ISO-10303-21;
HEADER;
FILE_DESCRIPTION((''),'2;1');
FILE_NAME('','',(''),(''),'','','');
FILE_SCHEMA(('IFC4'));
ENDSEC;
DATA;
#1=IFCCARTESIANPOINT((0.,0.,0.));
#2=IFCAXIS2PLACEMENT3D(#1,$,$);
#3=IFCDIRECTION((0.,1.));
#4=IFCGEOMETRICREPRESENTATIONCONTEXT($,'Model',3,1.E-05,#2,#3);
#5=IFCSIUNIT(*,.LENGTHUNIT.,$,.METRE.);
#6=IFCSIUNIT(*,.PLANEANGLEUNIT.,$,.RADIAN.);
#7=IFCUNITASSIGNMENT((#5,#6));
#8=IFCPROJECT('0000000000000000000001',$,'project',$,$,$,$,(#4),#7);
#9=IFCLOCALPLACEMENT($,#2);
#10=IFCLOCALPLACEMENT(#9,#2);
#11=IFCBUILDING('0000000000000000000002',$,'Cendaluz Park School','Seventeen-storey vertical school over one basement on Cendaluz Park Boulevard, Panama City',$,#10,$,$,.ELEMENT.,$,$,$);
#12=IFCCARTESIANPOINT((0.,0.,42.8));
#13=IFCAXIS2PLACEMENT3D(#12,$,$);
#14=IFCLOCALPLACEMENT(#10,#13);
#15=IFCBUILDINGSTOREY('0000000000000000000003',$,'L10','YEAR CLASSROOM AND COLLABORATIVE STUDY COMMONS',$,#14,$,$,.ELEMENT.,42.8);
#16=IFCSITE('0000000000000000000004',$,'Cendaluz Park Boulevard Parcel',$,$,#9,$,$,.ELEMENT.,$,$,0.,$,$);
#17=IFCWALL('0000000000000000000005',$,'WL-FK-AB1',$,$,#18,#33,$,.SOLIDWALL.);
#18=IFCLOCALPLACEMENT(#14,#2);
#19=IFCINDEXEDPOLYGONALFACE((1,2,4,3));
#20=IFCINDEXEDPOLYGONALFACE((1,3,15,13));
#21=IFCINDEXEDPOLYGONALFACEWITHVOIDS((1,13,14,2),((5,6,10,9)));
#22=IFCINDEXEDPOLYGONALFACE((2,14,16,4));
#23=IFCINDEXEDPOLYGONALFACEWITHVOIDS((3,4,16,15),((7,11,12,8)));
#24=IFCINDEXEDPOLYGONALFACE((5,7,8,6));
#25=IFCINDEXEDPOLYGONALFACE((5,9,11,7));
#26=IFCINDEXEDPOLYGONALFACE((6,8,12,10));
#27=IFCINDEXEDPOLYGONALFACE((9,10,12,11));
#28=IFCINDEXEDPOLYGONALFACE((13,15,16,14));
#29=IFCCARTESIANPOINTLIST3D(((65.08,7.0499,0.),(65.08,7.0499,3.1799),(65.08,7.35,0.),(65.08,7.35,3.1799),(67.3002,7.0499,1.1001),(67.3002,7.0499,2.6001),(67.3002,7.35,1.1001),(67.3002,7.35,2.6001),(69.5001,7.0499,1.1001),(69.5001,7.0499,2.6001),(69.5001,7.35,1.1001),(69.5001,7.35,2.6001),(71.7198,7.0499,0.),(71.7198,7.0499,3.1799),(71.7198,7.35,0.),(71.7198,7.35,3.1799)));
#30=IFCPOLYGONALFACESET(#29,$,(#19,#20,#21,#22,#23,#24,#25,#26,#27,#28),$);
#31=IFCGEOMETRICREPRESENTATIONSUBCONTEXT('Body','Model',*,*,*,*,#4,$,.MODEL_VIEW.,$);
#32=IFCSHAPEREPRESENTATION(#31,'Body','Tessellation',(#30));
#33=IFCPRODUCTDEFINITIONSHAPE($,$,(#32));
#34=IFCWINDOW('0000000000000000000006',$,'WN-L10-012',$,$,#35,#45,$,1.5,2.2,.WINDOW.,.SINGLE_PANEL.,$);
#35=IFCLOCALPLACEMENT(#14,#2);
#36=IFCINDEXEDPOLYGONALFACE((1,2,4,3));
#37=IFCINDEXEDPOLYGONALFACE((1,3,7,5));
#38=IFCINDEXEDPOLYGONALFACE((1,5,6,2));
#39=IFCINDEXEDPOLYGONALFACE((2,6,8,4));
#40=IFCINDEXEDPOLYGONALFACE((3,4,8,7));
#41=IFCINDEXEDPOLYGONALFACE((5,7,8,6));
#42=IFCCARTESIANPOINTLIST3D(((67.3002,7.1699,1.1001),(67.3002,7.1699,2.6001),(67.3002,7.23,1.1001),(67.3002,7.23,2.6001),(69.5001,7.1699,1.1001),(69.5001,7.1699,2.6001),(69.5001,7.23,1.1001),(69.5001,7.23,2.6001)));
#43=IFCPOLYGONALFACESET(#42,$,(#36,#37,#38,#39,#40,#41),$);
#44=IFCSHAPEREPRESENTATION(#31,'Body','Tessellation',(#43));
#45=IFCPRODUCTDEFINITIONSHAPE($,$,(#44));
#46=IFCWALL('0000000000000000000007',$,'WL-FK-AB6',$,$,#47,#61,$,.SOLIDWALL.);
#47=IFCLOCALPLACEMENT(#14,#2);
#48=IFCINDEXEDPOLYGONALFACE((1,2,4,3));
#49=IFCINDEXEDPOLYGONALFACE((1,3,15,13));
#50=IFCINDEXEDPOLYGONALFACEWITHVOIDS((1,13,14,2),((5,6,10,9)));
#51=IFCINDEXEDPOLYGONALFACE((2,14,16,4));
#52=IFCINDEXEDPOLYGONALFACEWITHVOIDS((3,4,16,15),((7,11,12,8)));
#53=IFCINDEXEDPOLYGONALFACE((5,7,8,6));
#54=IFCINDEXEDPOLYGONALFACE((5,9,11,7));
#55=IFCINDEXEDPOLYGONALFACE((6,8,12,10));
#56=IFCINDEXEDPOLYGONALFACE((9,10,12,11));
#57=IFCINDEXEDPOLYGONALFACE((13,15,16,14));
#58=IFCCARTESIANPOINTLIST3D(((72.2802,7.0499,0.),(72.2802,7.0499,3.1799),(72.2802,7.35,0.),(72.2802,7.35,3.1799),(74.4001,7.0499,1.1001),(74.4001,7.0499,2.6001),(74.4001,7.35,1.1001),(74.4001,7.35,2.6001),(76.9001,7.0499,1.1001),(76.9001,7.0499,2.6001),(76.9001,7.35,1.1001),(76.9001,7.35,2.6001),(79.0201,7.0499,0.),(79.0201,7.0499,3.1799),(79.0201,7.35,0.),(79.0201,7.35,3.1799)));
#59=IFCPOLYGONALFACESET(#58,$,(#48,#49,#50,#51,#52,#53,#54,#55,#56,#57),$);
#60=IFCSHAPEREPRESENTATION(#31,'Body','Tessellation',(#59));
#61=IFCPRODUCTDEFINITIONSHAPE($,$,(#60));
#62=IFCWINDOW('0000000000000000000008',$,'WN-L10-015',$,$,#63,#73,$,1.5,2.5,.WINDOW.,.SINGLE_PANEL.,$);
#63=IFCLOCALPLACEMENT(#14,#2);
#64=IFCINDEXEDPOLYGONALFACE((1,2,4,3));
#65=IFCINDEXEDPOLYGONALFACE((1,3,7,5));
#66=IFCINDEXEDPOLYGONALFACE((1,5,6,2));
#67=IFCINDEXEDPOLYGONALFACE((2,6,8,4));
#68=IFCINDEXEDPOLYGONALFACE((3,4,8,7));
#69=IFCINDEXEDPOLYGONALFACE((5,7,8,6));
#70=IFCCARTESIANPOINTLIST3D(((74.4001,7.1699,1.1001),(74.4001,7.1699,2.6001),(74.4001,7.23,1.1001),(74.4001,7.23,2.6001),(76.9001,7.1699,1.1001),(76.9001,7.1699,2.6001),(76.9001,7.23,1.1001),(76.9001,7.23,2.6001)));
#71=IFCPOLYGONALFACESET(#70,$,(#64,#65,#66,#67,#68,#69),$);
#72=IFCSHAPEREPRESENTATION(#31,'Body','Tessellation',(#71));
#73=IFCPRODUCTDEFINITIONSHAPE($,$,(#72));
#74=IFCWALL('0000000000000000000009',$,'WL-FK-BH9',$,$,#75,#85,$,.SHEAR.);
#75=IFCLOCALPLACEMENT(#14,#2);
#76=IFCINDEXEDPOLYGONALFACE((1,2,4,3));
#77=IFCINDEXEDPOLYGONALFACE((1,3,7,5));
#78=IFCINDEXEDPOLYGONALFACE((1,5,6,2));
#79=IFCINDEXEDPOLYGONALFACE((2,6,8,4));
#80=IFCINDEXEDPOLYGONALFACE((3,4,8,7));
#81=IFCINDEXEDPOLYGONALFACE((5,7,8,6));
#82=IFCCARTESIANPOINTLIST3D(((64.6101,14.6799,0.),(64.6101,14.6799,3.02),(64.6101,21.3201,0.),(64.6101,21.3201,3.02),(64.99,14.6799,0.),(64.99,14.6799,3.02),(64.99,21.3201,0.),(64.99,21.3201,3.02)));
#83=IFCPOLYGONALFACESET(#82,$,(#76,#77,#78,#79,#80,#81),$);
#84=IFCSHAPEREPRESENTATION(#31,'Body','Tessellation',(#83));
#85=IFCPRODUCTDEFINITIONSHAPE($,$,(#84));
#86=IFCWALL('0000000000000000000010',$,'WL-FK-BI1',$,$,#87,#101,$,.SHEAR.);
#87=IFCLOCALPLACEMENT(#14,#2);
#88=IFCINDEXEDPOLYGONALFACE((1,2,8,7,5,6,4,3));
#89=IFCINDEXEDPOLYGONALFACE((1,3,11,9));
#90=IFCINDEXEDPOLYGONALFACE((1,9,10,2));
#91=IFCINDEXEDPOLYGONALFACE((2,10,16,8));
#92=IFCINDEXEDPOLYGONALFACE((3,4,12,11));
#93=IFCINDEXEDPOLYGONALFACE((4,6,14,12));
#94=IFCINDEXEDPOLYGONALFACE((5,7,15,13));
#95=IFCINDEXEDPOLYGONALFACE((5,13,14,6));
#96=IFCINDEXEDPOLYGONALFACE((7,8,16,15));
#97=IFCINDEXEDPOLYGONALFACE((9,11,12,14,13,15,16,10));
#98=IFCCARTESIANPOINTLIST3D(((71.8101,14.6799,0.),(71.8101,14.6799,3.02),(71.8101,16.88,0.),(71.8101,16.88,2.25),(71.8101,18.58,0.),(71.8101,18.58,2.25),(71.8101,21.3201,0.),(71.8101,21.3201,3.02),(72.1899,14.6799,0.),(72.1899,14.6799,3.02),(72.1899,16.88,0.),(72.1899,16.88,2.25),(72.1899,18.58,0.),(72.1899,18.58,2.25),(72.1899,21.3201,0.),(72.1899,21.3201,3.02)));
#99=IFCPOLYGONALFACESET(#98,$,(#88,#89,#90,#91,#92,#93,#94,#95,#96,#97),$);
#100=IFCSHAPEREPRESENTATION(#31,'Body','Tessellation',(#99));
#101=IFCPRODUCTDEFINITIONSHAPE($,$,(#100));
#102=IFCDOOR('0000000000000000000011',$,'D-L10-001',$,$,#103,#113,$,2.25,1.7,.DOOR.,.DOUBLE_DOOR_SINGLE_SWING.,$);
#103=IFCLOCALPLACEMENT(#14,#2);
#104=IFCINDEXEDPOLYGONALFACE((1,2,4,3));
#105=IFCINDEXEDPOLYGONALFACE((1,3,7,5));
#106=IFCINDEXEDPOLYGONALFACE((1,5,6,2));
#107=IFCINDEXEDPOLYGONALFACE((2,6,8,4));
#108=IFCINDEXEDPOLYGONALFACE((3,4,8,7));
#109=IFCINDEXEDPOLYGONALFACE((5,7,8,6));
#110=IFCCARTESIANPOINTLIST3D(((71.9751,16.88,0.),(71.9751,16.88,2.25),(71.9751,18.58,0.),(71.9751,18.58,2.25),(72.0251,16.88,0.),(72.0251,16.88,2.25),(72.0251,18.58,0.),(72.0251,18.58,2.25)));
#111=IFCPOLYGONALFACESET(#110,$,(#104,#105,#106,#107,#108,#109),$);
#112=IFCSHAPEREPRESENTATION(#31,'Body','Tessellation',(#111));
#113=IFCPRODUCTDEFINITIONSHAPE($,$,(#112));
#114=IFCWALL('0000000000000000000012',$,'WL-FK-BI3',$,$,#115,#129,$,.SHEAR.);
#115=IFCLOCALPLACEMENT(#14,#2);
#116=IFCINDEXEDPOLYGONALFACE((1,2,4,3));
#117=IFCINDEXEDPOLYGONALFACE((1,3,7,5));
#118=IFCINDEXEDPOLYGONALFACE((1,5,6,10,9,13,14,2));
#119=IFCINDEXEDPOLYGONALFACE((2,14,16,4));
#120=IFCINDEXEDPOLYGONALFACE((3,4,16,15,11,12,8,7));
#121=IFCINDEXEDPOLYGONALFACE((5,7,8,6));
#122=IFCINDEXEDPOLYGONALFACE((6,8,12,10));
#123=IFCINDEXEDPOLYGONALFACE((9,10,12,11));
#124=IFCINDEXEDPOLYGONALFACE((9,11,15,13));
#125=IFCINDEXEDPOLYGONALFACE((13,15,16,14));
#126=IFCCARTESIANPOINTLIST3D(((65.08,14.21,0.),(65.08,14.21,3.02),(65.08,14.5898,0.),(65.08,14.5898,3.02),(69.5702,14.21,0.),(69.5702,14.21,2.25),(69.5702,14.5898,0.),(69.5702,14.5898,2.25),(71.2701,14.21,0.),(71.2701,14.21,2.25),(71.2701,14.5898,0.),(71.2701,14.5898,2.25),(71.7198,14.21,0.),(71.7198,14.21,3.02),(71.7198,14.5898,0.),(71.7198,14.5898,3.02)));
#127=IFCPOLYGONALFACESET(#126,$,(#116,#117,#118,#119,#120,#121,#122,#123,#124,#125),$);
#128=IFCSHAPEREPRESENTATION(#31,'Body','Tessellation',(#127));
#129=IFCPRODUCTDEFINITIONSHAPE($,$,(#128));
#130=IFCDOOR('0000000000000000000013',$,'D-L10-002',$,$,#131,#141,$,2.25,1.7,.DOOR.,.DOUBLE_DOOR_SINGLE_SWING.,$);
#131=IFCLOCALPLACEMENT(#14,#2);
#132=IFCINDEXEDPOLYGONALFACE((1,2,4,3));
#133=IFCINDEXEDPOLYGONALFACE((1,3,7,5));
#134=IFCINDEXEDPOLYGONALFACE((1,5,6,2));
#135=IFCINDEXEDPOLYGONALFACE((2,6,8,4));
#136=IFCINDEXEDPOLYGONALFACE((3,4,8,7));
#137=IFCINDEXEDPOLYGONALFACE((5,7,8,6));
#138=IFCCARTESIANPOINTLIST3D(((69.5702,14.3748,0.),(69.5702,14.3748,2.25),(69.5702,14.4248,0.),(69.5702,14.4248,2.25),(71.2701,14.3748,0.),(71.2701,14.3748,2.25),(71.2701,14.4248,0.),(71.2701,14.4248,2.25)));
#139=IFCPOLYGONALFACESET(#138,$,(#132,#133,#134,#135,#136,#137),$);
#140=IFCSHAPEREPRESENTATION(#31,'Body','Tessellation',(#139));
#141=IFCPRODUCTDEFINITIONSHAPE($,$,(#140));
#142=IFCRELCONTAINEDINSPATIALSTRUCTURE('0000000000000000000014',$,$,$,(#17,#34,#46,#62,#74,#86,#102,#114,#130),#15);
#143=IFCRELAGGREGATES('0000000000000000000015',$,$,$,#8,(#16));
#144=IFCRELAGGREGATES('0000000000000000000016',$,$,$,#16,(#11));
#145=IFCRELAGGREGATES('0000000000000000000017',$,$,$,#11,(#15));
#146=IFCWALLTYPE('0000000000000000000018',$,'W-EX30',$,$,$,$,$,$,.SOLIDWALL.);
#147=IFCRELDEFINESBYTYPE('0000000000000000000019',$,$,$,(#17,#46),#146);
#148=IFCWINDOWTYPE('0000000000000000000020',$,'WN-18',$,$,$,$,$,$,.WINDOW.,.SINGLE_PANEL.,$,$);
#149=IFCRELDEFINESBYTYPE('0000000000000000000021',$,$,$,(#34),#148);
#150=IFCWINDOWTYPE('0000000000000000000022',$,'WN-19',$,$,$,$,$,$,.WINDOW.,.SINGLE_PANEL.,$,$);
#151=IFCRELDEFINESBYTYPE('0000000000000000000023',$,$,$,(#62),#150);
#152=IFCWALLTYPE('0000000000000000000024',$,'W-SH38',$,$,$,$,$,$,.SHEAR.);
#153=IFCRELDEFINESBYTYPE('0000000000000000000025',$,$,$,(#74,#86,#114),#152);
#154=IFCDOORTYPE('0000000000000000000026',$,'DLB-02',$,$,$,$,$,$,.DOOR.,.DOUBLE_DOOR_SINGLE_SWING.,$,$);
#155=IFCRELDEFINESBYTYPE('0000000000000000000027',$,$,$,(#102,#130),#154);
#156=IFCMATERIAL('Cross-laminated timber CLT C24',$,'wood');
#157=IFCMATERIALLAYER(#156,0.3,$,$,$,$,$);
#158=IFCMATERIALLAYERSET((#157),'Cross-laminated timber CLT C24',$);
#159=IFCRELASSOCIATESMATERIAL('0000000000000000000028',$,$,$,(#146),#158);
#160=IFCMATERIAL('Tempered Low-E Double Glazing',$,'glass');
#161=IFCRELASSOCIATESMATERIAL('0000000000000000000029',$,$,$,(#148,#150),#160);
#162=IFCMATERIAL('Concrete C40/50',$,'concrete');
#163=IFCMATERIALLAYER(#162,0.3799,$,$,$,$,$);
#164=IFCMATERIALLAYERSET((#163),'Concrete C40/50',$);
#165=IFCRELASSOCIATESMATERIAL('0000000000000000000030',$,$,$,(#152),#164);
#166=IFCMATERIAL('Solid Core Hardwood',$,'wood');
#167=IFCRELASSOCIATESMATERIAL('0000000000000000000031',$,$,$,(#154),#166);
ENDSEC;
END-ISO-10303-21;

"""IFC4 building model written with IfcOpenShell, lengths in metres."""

from ifc_helpers import new_model, si_unit, direction, frame, frame_2d, origin, place, context, subcontext, project, spatial, rectangle, extrude, material, layer, layer_set, type_object, element, fill, save


model = new_model("IFC4")

# Units and contexts
model_context = context("Model", 3, precision=1e-05, world=origin(), true_north=direction((0.0, 1.0)))
body_context = subcontext(model_context, "Body", "Model", "MODEL_VIEW")
ifc_project = project(units=[si_unit("LENGTHUNIT", "METRE"), si_unit("PLANEANGLEUNIT", "RADIAN")], contexts=[model_context])

# Site, building, storey
site_placement = place(None, origin())
site = spatial("IfcSite", under=ifc_project, at=site_placement, Name="Cendaluz Park Boulevard Parcel", CompositionType="ELEMENT", RefElevation=0.0)
building_placement = place(site_placement, origin())
building = spatial("IfcBuilding", under=site, at=building_placement, Name="Cendaluz Park School", Description="Seventeen-storey vertical school over one basement on Cendaluz Park Boulevard, Panama City", CompositionType="ELEMENT")
storey_placement = place(building_placement, frame((0.0, 0.0, 42.8)))
storey = spatial("IfcBuildingStorey", under=building, at=storey_placement, Name="L10", Description="YEAR CLASSROOM AND COLLABORATIVE STUDY COMMONS", CompositionType="ELEMENT", Elevation=42.8)

# Walls, openings, windows
ifc_material_1 = material(Name="Cross-laminated timber CLT C24", Category="wood")
ifc_layer_1 = layer(ifc_material_1, 0.3)
ifc_layer_set_1 = layer_set([ifc_layer_1], Name="Cross-laminated timber CLT C24")
wall_type_1 = type_object("IfcWallType", Name="W-EX30", PredefinedType="SOLIDWALL", material=ifc_layer_set_1)
wall_1_placement = place(storey_placement, frame((65.0801, 7.2, 0.0), z_axis=(0.0, 0.0, 1.0), x_axis=(1.0, 0.0, 0.0)))
wall_1 = element("IfcWall", 1, at=wall_1_placement, inside=storey, type_object=wall_type_1, Name="WL-FK-AB1", PredefinedType="SOLIDWALL", context=body_context, shape_type="SweptSolid", body=[
    extrude(rectangle(XDim=6.6399, YDim=0.3, at=frame_2d((3.3198, 0.0))), origin(), (0.0, 0.0, 1.0), 3.1799),
])
opening_1_placement = place(wall_1_placement, frame((2.22, 0.0, 1.1001)))
opening_1 = element("IfcOpeningElement", 2, at=opening_1_placement, cuts=wall_1, PredefinedType="OPENING", context=body_context, shape_type="SweptSolid", body=[
    extrude(rectangle(XDim=2.2, YDim=1.5, at=frame_2d((1.1001, 0.75))), frame((0.0, 0.1621, 0.0), z_axis=(0.0, -1.0, 0.0), x_axis=(1.0, 0.0, 0.0)), (0.0, 0.0, 1.0), 0.324),
])
ifc_material_2 = material(Name="Tempered Low-E Double Glazing", Category="glass")
window_type_1 = type_object("IfcWindowType", Name="WN-18", PartitioningType="SINGLE_PANEL", PredefinedType="WINDOW", material=ifc_material_2)
window_1_placement = place(opening_1_placement, origin())
window_1 = element("IfcWindow", 3, at=window_1_placement, inside=storey, type_object=window_type_1, Name="WN-L10-012", OverallHeight=1.5, OverallWidth=2.2, PartitioningType="SINGLE_PANEL", PredefinedType="WINDOW", context=body_context, shape_type="SweptSolid", body=[
    extrude(rectangle(XDim=2.2, YDim=1.5, at=frame_2d((1.1001, 0.75))), frame((0.0, 0.03, 0.0), z_axis=(0.0, -1.0, 0.0), x_axis=(1.0, 0.0, 0.0)), (0.0, 0.0, 1.0), 0.0601),
])
fill(opening_1, window_1)
wall_2_placement = place(storey_placement, frame((72.28, 7.2, 0.0), z_axis=(0.0, 0.0, 1.0), x_axis=(1.0, 0.0, 0.0)))
wall_2 = element("IfcWall", 4, at=wall_2_placement, inside=storey, type_object=wall_type_1, Name="WL-FK-AB6", PredefinedType="SOLIDWALL", context=body_context, shape_type="SweptSolid", body=[
    extrude(rectangle(XDim=6.74, YDim=0.3, at=frame_2d((3.3701, 0.0))), origin(), (0.0, 0.0, 1.0), 3.1799),
])
opening_2_placement = place(wall_2_placement, frame((2.1201, 0.0, 1.1001)))
opening_2 = element("IfcOpeningElement", 5, at=opening_2_placement, cuts=wall_2, PredefinedType="OPENING", context=body_context, shape_type="SweptSolid", body=[
    extrude(rectangle(XDim=2.5, YDim=1.5, at=frame_2d((1.25, 0.75))), frame((0.0, 0.1621, 0.0), z_axis=(0.0, -1.0, 0.0), x_axis=(1.0, 0.0, 0.0)), (0.0, 0.0, 1.0), 0.324),
])
window_type_2 = type_object("IfcWindowType", Name="WN-19", PartitioningType="SINGLE_PANEL", PredefinedType="WINDOW", material=ifc_material_2)
window_2_placement = place(opening_2_placement, origin())
window_2 = element("IfcWindow", 6, at=window_2_placement, inside=storey, type_object=window_type_2, Name="WN-L10-015", OverallHeight=1.5, OverallWidth=2.5, PartitioningType="SINGLE_PANEL", PredefinedType="WINDOW", context=body_context, shape_type="SweptSolid", body=[
    extrude(rectangle(XDim=2.5, YDim=1.5, at=frame_2d((1.25, 0.75))), frame((0.0, 0.03, 0.0), z_axis=(0.0, -1.0, 0.0), x_axis=(1.0, 0.0, 0.0)), (0.0, 0.0, 1.0), 0.0601),
])
fill(opening_2, window_2)

# Shared definitions
ifc_material_3 = material(Name="Concrete C40/50", Category="concrete")
ifc_material_4 = material(Name="Solid Core Hardwood", Category="wood")

# Wall
ifc_layer_2 = layer(ifc_material_3, 0.3799)
ifc_layer_set_2 = layer_set([ifc_layer_2], Name="Concrete C40/50")
wall_type_2 = type_object("IfcWallType", Name="W-SH38", PredefinedType="SHEAR", material=ifc_layer_set_2)
wall_3_placement = place(storey_placement, frame((64.8, 14.6799, 0.0), z_axis=(0.0, 0.0, 1.0), x_axis=(0.0, 1.0, 0.0)))
element("IfcWall", 7, at=wall_3_placement, inside=storey, type_object=wall_type_2, Name="WL-FK-BH9", PredefinedType="SHEAR", context=body_context, shape_type="SweptSolid", body=[
    extrude(rectangle(XDim=6.6401, YDim=0.3799, at=frame_2d((3.3201, 0.0))), origin(), (0.0, 0.0, 1.0), 3.02),
])

# Walls, openings, doors
wall_4_placement = place(storey_placement, frame((72.0, 14.6799, 0.0), z_axis=(0.0, 0.0, 1.0), x_axis=(0.0, 1.0, 0.0)))
wall_4 = element("IfcWall", 8, at=wall_4_placement, inside=storey, type_object=wall_type_2, Name="WL-FK-BI1", PredefinedType="SHEAR", context=body_context, shape_type="SweptSolid", body=[
    extrude(rectangle(XDim=6.6401, YDim=0.3799, at=frame_2d((3.3201, 0.0))), origin(), (0.0, 0.0, 1.0), 3.02),
])
opening_3_placement = place(wall_4_placement, frame((2.2, 0.0, 0.0)))
opening_3 = element("IfcOpeningElement", 9, at=opening_3_placement, cuts=wall_4, PredefinedType="OPENING", context=body_context, shape_type="SweptSolid", body=[
    extrude(rectangle(XDim=1.7, YDim=2.25, at=frame_2d((0.8501, 1.125))), frame((0.0, 0.2019, 0.0), z_axis=(0.0, -1.0, 0.0), x_axis=(1.0, 0.0, 0.0)), (0.0, 0.0, 1.0), 0.4038),
])
door_type_1 = type_object("IfcDoorType", Name="DLB-02", OperationType="DOUBLE_DOOR_SINGLE_SWING", PredefinedType="DOOR", material=ifc_material_4)
door_1_placement = place(opening_3_placement, origin())
door_1 = element("IfcDoor", 10, at=door_1_placement, inside=storey, type_object=door_type_1, Name="D-L10-001", OperationType="DOUBLE_DOOR_SINGLE_SWING", OverallHeight=2.25, OverallWidth=1.7, PredefinedType="DOOR", context=body_context, shape_type="SweptSolid", body=[
    extrude(rectangle(XDim=1.7, YDim=2.25, at=frame_2d((0.8501, 1.125))), frame((0.0, 0.0249, 0.0), z_axis=(0.0, -1.0, 0.0), x_axis=(1.0, 0.0, 0.0)), (0.0, 0.0, 1.0), 0.05),
])
fill(opening_3, door_1)
wall_5_placement = place(storey_placement, frame((65.0801, 14.3999, 0.0), z_axis=(0.0, 0.0, 1.0), x_axis=(1.0, 0.0, 0.0)))
wall_5 = element("IfcWall", 11, at=wall_5_placement, inside=storey, type_object=wall_type_2, Name="WL-FK-BI3", PredefinedType="SHEAR", context=body_context, shape_type="SweptSolid", body=[
    extrude(rectangle(XDim=6.6399, YDim=0.3799, at=frame_2d((3.3198, 0.0))), origin(), (0.0, 0.0, 1.0), 3.02),
])
opening_4_placement = place(wall_5_placement, frame((4.49, 0.0, 0.0)))
opening_4 = element("IfcOpeningElement", 12, at=opening_4_placement, cuts=wall_5, PredefinedType="OPENING", context=body_context, shape_type="SweptSolid", body=[
    extrude(rectangle(XDim=1.7, YDim=2.25, at=frame_2d((0.8501, 1.125))), frame((0.0, 0.2019, 0.0), z_axis=(0.0, -1.0, 0.0), x_axis=(1.0, 0.0, 0.0)), (0.0, 0.0, 1.0), 0.4038),
])
door_2_placement = place(opening_4_placement, origin())
door_2 = element("IfcDoor", 13, at=door_2_placement, inside=storey, type_object=door_type_1, Name="D-L10-002", OperationType="DOUBLE_DOOR_SINGLE_SWING", OverallHeight=2.25, OverallWidth=1.7, PredefinedType="DOOR", context=body_context, shape_type="SweptSolid", body=[
    extrude(rectangle(XDim=1.7, YDim=2.25, at=frame_2d((0.8501, 1.125))), frame((0.0, 0.0249, 0.0), z_axis=(0.0, -1.0, 0.0), x_axis=(1.0, 0.0, 0.0)), (0.0, 0.0, 1.0), 0.05),
])
fill(opening_4, door_2)

save(model, "model.ifc")
